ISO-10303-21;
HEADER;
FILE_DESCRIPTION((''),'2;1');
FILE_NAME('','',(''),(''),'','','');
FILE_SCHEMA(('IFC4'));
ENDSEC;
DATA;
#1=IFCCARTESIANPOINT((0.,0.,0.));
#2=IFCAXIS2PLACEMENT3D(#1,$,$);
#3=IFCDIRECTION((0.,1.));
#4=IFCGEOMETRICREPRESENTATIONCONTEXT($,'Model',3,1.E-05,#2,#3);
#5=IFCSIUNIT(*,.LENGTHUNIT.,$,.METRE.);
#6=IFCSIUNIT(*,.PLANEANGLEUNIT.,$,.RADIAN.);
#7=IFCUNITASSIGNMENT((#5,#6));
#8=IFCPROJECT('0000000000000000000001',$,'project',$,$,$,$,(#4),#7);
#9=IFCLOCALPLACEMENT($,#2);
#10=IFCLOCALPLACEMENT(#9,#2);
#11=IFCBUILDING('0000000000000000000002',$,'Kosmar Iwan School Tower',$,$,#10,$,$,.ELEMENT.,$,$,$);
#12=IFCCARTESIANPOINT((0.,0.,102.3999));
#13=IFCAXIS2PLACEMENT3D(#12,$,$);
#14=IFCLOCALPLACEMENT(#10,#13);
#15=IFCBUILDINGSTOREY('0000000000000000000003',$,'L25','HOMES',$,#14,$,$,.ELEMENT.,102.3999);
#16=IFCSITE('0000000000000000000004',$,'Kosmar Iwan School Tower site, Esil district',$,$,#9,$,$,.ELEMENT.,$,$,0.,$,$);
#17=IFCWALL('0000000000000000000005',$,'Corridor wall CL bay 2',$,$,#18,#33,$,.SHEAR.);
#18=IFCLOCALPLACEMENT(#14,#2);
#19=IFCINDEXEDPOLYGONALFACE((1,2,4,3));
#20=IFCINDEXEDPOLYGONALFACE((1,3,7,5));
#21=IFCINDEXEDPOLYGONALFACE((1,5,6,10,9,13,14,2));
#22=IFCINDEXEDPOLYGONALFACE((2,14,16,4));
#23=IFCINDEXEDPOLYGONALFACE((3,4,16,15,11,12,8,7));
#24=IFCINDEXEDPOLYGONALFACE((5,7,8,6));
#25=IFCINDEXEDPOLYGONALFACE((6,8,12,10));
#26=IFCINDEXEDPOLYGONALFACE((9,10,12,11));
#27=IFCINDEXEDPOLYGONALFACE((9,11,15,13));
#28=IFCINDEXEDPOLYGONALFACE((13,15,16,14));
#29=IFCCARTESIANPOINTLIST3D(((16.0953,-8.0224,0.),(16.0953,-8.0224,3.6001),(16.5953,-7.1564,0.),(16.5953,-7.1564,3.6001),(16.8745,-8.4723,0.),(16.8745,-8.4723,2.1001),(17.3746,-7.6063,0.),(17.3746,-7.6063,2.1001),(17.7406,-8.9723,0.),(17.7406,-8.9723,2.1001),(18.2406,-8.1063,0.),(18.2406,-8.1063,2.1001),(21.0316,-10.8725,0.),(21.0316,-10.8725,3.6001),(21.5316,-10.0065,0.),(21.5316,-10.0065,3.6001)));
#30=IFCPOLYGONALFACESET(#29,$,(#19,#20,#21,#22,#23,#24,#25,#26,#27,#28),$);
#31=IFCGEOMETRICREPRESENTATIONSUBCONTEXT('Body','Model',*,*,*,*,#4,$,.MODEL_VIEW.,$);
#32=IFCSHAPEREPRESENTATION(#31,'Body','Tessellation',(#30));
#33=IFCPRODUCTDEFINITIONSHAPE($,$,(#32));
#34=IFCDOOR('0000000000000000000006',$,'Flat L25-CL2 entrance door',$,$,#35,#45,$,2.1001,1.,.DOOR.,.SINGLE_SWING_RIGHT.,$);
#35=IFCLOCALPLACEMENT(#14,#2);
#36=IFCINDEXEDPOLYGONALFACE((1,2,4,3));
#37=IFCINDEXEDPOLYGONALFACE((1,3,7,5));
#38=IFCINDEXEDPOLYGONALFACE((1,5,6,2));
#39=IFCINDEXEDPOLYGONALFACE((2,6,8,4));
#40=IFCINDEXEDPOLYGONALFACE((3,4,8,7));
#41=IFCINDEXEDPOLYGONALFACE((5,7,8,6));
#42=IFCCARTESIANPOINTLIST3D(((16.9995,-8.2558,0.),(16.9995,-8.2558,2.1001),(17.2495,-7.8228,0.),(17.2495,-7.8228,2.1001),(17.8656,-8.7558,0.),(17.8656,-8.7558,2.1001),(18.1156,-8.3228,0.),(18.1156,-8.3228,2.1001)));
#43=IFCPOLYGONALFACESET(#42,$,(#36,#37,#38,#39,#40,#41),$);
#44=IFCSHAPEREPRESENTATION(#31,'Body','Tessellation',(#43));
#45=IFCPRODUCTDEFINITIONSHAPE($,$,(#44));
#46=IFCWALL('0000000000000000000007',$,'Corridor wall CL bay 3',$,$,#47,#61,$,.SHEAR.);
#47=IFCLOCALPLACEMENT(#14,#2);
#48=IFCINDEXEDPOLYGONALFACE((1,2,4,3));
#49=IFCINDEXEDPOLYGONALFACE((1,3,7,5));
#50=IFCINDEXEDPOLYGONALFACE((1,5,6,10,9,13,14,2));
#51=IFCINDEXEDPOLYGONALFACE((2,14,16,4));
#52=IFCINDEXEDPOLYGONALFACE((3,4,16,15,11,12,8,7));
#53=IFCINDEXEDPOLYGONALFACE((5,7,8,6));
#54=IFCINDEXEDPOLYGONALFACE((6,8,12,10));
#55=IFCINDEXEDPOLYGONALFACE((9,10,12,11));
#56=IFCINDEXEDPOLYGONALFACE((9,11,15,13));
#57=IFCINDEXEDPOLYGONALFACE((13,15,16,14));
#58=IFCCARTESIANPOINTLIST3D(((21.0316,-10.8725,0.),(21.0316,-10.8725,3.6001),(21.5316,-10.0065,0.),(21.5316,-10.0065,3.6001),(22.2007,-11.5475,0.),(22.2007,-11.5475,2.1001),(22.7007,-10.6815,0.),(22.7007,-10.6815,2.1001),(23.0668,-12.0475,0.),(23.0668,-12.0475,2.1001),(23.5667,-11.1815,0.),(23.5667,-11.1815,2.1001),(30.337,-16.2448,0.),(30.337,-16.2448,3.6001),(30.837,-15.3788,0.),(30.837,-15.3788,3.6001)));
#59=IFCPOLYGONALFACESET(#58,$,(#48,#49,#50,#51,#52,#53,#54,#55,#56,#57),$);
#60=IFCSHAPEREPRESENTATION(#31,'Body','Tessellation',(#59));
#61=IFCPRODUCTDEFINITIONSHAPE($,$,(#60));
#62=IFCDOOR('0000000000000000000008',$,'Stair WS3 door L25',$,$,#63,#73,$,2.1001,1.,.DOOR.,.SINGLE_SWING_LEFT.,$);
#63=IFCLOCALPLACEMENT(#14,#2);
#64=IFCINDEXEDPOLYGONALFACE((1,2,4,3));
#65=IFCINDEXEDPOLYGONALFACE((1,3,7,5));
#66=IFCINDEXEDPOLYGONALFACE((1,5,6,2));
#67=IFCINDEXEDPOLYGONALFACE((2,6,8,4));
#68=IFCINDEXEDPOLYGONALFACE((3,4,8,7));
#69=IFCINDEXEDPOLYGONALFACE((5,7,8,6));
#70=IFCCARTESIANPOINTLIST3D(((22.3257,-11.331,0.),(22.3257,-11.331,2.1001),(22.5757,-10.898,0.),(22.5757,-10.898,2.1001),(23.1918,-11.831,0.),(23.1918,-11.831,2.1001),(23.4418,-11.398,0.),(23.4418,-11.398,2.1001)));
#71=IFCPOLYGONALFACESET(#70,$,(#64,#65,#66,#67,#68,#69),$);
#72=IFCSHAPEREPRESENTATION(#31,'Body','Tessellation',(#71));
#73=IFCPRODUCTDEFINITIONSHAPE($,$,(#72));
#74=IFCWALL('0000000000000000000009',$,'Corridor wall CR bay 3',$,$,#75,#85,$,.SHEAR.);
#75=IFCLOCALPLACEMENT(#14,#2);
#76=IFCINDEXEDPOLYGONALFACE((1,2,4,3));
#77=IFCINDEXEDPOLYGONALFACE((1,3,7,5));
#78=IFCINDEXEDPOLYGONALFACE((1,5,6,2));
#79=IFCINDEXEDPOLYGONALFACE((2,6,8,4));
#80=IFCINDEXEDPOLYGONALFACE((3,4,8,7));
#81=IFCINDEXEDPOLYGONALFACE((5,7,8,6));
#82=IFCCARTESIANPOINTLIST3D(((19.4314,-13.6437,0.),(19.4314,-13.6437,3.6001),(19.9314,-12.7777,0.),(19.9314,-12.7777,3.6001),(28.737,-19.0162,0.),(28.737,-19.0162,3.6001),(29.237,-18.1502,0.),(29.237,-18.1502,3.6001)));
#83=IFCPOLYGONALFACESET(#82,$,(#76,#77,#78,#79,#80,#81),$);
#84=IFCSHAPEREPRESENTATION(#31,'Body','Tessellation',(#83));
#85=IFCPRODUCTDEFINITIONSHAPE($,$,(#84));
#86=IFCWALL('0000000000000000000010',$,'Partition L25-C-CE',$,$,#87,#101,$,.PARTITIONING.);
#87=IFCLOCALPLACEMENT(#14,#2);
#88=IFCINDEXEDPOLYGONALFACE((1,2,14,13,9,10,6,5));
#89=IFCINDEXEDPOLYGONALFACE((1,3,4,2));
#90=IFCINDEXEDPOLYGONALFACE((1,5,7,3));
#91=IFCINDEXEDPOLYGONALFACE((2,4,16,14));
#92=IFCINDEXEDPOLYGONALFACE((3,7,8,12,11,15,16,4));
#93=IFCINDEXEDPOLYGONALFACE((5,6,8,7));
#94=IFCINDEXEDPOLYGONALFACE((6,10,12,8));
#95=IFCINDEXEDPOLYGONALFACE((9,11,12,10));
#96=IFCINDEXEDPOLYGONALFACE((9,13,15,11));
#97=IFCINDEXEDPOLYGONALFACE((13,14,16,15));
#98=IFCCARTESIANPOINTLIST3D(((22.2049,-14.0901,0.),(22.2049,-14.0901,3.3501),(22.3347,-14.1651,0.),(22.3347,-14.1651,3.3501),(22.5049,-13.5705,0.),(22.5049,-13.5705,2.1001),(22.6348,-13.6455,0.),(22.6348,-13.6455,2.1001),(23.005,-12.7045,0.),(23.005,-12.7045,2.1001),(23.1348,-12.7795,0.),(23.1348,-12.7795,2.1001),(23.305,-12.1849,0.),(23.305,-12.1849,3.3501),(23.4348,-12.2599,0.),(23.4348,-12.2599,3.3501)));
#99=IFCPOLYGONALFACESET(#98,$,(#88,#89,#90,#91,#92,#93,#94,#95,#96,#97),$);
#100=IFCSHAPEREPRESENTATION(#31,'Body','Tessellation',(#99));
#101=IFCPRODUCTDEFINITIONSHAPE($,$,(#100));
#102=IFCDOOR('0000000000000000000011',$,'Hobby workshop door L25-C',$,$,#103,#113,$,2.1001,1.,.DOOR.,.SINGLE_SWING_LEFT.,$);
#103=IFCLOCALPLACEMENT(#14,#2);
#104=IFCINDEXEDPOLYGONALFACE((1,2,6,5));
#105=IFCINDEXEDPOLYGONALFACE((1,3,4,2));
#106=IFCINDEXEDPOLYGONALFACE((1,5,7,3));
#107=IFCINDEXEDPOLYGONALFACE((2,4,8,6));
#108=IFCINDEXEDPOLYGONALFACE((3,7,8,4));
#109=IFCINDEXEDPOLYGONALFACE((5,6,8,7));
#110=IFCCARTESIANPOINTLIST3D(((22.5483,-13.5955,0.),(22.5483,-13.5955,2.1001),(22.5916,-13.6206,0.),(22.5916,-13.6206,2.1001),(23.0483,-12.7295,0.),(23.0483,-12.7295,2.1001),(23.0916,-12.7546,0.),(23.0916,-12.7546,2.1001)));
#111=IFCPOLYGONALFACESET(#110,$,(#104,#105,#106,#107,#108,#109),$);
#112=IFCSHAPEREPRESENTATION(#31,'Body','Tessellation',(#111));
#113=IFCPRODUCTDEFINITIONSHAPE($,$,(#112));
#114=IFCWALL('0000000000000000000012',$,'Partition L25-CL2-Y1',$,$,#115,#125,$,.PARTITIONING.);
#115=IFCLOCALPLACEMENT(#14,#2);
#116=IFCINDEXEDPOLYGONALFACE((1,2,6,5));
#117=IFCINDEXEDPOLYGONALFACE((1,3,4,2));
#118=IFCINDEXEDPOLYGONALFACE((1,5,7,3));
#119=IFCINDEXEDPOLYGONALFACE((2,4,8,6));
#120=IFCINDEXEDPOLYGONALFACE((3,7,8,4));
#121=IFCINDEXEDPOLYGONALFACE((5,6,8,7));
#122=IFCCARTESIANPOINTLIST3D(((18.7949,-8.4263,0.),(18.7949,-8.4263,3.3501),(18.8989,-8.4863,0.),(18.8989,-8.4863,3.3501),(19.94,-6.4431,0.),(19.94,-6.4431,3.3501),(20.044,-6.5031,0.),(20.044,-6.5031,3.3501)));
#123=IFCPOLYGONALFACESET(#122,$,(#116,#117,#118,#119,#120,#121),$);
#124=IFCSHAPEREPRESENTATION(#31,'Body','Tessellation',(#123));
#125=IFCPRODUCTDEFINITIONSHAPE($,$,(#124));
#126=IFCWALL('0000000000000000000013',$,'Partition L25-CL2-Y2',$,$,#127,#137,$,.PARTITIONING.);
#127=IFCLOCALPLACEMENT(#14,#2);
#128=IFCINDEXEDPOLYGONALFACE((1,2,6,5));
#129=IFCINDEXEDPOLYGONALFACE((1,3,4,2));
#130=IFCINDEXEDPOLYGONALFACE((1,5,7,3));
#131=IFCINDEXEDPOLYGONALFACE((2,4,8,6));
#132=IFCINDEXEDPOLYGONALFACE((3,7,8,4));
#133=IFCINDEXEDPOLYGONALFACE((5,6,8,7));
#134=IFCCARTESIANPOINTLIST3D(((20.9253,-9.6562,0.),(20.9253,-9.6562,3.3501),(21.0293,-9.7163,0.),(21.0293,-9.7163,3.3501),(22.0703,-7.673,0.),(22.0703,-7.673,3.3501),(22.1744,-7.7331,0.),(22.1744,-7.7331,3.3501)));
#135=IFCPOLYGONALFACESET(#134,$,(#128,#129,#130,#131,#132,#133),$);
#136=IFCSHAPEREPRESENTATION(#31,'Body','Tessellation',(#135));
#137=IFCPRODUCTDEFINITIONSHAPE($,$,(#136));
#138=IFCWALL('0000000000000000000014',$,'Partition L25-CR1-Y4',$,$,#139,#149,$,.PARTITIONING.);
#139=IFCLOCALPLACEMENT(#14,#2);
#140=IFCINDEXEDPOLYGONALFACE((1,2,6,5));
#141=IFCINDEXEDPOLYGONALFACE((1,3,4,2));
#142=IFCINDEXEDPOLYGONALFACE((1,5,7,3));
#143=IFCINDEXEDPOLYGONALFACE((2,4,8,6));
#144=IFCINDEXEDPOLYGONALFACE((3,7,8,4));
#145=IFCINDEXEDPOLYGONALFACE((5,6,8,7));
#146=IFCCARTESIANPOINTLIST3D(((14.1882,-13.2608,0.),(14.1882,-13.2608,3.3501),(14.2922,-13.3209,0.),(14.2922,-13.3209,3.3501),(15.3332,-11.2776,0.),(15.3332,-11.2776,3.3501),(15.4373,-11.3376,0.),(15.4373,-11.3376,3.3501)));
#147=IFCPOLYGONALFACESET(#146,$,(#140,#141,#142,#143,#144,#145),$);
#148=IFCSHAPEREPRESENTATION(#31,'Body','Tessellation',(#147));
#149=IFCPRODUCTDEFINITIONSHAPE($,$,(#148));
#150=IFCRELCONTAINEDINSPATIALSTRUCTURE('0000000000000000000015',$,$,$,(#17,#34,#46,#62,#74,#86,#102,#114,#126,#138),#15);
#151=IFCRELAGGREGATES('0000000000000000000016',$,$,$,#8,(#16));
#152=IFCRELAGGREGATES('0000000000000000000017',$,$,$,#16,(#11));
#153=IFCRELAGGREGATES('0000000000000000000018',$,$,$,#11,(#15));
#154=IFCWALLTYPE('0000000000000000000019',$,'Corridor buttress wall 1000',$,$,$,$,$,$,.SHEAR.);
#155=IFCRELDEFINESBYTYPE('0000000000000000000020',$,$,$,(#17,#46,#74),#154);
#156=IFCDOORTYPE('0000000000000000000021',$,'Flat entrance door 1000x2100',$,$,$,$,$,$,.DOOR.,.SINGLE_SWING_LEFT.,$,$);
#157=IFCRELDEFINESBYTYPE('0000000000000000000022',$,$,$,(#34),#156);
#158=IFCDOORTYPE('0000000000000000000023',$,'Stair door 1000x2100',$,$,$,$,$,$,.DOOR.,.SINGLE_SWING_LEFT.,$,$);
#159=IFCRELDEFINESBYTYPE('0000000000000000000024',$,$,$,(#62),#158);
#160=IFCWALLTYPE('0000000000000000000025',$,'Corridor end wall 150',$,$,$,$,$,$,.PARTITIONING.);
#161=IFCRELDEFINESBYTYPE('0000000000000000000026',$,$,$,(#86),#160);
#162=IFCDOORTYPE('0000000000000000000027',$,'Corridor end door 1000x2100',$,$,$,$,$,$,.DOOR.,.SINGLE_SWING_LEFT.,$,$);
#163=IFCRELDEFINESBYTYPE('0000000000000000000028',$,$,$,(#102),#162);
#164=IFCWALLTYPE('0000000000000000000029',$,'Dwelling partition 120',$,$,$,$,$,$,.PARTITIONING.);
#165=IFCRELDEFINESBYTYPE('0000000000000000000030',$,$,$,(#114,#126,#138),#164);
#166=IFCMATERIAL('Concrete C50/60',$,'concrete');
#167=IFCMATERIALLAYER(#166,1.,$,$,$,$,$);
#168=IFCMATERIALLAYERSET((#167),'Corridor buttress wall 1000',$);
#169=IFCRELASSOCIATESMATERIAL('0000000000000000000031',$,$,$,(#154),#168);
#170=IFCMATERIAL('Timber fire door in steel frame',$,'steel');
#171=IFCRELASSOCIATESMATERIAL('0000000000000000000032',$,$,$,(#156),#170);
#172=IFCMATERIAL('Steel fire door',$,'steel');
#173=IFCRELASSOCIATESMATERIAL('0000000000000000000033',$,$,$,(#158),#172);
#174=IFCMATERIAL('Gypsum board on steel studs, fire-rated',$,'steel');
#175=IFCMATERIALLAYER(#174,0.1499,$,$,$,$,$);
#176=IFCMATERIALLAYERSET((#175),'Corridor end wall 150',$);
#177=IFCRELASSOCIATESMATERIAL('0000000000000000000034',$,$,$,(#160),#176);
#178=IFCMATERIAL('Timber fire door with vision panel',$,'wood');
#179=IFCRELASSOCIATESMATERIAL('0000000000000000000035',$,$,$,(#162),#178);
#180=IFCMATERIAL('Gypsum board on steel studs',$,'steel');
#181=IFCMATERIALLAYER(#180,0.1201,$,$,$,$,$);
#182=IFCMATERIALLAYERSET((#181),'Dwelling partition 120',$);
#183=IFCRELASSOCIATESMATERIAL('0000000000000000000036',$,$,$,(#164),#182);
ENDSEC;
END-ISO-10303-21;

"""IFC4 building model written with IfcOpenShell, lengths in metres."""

from ifc_helpers import new_model, si_unit, direction, frame, frame_2d, origin, place, context, subcontext, project, spatial, rectangle, extrude, material, layer, layer_set, type_object, element, fill, save


model = new_model("IFC4")

# Units and contexts
model_context = context("Model", 3, precision=1e-05, world=origin(), true_north=direction((0.0, 1.0)))
body_context = subcontext(model_context, "Body", "Model", "MODEL_VIEW")
ifc_project = project(units=[si_unit("LENGTHUNIT", "METRE"), si_unit("PLANEANGLEUNIT", "RADIAN")], contexts=[model_context])

# Site, building, storey
site_placement = place(None, origin())
site = spatial("IfcSite", under=ifc_project, at=site_placement, Name="Kosmar Iwan School Tower site, Esil district", CompositionType="ELEMENT", RefElevation=0.0)
building_placement = place(site_placement, origin())
building = spatial("IfcBuilding", under=site, at=building_placement, Name="Kosmar Iwan School Tower", CompositionType="ELEMENT")
storey_placement = place(building_placement, frame((0.0, 0.0, 102.3999)))
storey = spatial("IfcBuildingStorey", under=building, at=storey_placement, Name="L25", Description="HOMES", CompositionType="ELEMENT", Elevation=102.3999)

# Walls, openings, doors
ifc_material_1 = material(Name="Concrete C50/60", Category="concrete")
ifc_layer_1 = layer(ifc_material_1, 1.0)
ifc_layer_set_1 = layer_set([ifc_layer_1], Name="Corridor buttress wall 1000")
wall_type_1 = type_object("IfcWallType", Name="Corridor buttress wall 1000", PredefinedType="SHEAR", material=ifc_layer_set_1)
wall_1_placement = place(storey_placement, frame((16.3452, -7.5894, 0.0), z_axis=(0.0, 0.0, 1.0), x_axis=(0.866015, -0.500018, 0.0)))
wall_1 = element("IfcWall", 1, at=wall_1_placement, inside=storey, type_object=wall_type_1, Name="Corridor wall CL bay 2", PredefinedType="SHEAR", context=body_context, shape_type="SweptSolid", body=[
    extrude(rectangle(XDim=5.7, YDim=1.0, at=frame_2d((2.8501, 0.0))), origin(), (0.0, 0.0, 1.0), 3.6001),
])
opening_1_placement = place(wall_1_placement, frame((0.8999, 0.0, 0.0)))
opening_1 = element("IfcOpeningElement", 2, at=opening_1_placement, cuts=wall_1, PredefinedType="OPENING", context=body_context, shape_type="SweptSolid", body=[
    extrude(rectangle(XDim=1.0, YDim=2.1001, at=frame_2d((0.5, 1.05))), frame((0.0, 0.512, 0.0), z_axis=(0.0, -1.0, 0.0), x_axis=(1.0, 0.0, 0.0)), (0.0, 0.0, 1.0), 1.0239),
])
ifc_material_2 = material(Name="Timber fire door in steel frame", Category="steel")
door_type_1 = type_object("IfcDoorType", Name="Flat entrance door 1000x2100", OperationType="SINGLE_SWING_LEFT", PredefinedType="DOOR", material=ifc_material_2)
door_1_placement = place(opening_1_placement, origin())
door_1 = element("IfcDoor", 3, at=door_1_placement, inside=storey, type_object=door_type_1, Name="Flat L25-CL2 entrance door", OperationType="SINGLE_SWING_RIGHT", OverallHeight=2.1001, OverallWidth=1.0, PredefinedType="DOOR", context=body_context, shape_type="SweptSolid", body=[
    extrude(rectangle(XDim=1.0, YDim=2.1001, at=frame_2d((0.5, 1.05))), frame((0.0, 0.25, 0.0), z_axis=(0.0, -1.0, 0.0), x_axis=(1.0, 0.0, 0.0)), (0.0, 0.0, 1.0), 0.5),
])
fill(opening_1, door_1)
wall_2_placement = place(storey_placement, frame((21.2815, -10.4395, 0.0), z_axis=(0.0, 0.0, 1.0), x_axis=(0.866032, -0.499988, 0.0)))
wall_2 = element("IfcWall", 4, at=wall_2_placement, inside=storey, type_object=wall_type_1, Name="Corridor wall CL bay 3", PredefinedType="SHEAR", context=body_context, shape_type="SweptSolid", body=[
    extrude(rectangle(XDim=10.7449, YDim=1.0, at=frame_2d((5.3726, 0.0))), origin(), (0.0, 0.0, 1.0), 3.6001),
])
opening_2_placement = place(wall_2_placement, frame((1.3501, 0.0, 0.0)))
opening_2 = element("IfcOpeningElement", 5, at=opening_2_placement, cuts=wall_2, PredefinedType="OPENING", context=body_context, shape_type="SweptSolid", body=[
    extrude(rectangle(XDim=1.0, YDim=2.1001, at=frame_2d((0.5, 1.05))), frame((0.0, 0.512, 0.0), z_axis=(0.0, -1.0, 0.0), x_axis=(1.0, 0.0, 0.0)), (0.0, 0.0, 1.0), 1.0239),
])
ifc_material_3 = material(Name="Steel fire door", Category="steel")
door_type_2 = type_object("IfcDoorType", Name="Stair door 1000x2100", OperationType="SINGLE_SWING_LEFT", PredefinedType="DOOR", material=ifc_material_3)
door_2_placement = place(opening_2_placement, origin())
door_2 = element("IfcDoor", 6, at=door_2_placement, inside=storey, type_object=door_type_2, Name="Stair WS3 door L25", OperationType="SINGLE_SWING_LEFT", OverallHeight=2.1001, OverallWidth=1.0, PredefinedType="DOOR", context=body_context, shape_type="SweptSolid", body=[
    extrude(rectangle(XDim=1.0, YDim=2.1001, at=frame_2d((0.5, 1.05))), frame((0.0, 0.25, 0.0), z_axis=(0.0, -1.0, 0.0), x_axis=(1.0, 0.0, 0.0)), (0.0, 0.0, 1.0), 0.5),
])
fill(opening_2, door_2)

# Wall
wall_3_placement = place(storey_placement, frame((19.6814, -13.2107, 0.0), z_axis=(0.0, 0.0, 1.0), x_axis=(0.866028, -0.499995, 0.0)))
element("IfcWall", 7, at=wall_3_placement, inside=storey, type_object=wall_type_1, Name="Corridor wall CR bay 3", PredefinedType="SHEAR", context=body_context, shape_type="SweptSolid", body=[
    extrude(rectangle(XDim=10.7451, YDim=1.0, at=frame_2d((5.3726, 0.0))), origin(), (0.0, 0.0, 1.0), 3.6001),
])

# Wall, opening, door
ifc_material_4 = material(Name="Gypsum board on steel studs, fire-rated", Category="steel")
ifc_layer_2 = layer(ifc_material_4, 0.1499)
ifc_layer_set_2 = layer_set([ifc_layer_2], Name="Corridor end wall 150")
wall_type_2 = type_object("IfcWallType", Name="Corridor end wall 150", PredefinedType="PARTITIONING", material=ifc_layer_set_2)
wall_4_placement = place(storey_placement, frame((22.2698, -14.1277, 0.0), z_axis=(0.0, 0.0, 1.0), x_axis=(0.50003, 0.866008, 0.0)))
wall_4 = element("IfcWall", 8, at=wall_4_placement, inside=storey, type_object=wall_type_2, Name="Partition L25-C-CE", PredefinedType="PARTITIONING", context=body_context, shape_type="SweptSolid", body=[
    extrude(rectangle(XDim=2.2, YDim=0.1499, at=frame_2d((1.1001, 0.0))), origin(), (0.0, 0.0, 1.0), 3.3501),
])
opening_3_placement = place(wall_4_placement, frame((0.6001, 0.0, 0.0)))
opening_3 = element("IfcOpeningElement", 9, at=opening_3_placement, cuts=wall_4, PredefinedType="OPENING", context=body_context, shape_type="SweptSolid", body=[
    extrude(rectangle(XDim=1.0, YDim=2.1001, at=frame_2d((0.5, 1.05))), frame((0.0, 0.0869, 0.0), z_axis=(0.0, -1.0, 0.0), x_axis=(1.0, 0.0, 0.0)), (0.0, 0.0, 1.0), 0.1738),
])
ifc_material_5 = material(Name="Timber fire door with vision panel", Category="wood")
door_type_3 = type_object("IfcDoorType", Name="Corridor end door 1000x2100", OperationType="SINGLE_SWING_LEFT", PredefinedType="DOOR", material=ifc_material_5)
door_3_placement = place(opening_3_placement, origin())
door_3 = element("IfcDoor", 10, at=door_3_placement, inside=storey, type_object=door_type_3, Name="Hobby workshop door L25-C", OperationType="SINGLE_SWING_LEFT", OverallHeight=2.1001, OverallWidth=1.0, PredefinedType="DOOR", context=body_context, shape_type="SweptSolid", body=[
    extrude(rectangle(XDim=1.0, YDim=2.1001, at=frame_2d((0.5, 1.05))), frame((0.0, 0.0249, 0.0), z_axis=(0.0, -1.0, 0.0), x_axis=(1.0, 0.0, 0.0)), (0.0, 0.0, 1.0), 0.05),
])
fill(opening_3, door_3)

# Walls
ifc_material_6 = material(Name="Gypsum board on steel studs", Category="steel")
ifc_layer_3 = layer(ifc_material_6, 0.1201)
ifc_layer_set_3 = layer_set([ifc_layer_3], Name="Dwelling partition 120")
wall_type_3 = type_object("IfcWallType", Name="Dwelling partition 120", PredefinedType="PARTITIONING", material=ifc_layer_set_3)
for number, where, z_axis, x_axis, name in (
    (11, (18.8469, -8.4563, 0.0), (0.0, 0.0, 1.0), (0.500015, 0.866017, 0.0), "Partition L25-CL2-Y1"),
    (12, (20.9773, -9.6863, 0.0), (0.0, 0.0, 1.0), (0.500015, 0.866017, 0.0), "Partition L25-CL2-Y2"),
    (13, (15.3853, -11.3076, 0.0), (0.0, 0.0, 1.0), (-0.500015, -0.866017, 0.0), "Partition L25-CR1-Y4"),
):
    element("IfcWall", number, at=place(storey_placement, frame(where, z_axis=z_axis, x_axis=x_axis)), inside=storey, type_object=wall_type_3, Name=name, PredefinedType="PARTITIONING", context=body_context, shape_type="SweptSolid", body=[
        extrude(rectangle(XDim=2.29, YDim=0.1201, at=frame_2d((1.145, 0.0))), origin(), (0.0, 0.0, 1.0), 3.3501),
    ])

save(model, "model.ifc")
